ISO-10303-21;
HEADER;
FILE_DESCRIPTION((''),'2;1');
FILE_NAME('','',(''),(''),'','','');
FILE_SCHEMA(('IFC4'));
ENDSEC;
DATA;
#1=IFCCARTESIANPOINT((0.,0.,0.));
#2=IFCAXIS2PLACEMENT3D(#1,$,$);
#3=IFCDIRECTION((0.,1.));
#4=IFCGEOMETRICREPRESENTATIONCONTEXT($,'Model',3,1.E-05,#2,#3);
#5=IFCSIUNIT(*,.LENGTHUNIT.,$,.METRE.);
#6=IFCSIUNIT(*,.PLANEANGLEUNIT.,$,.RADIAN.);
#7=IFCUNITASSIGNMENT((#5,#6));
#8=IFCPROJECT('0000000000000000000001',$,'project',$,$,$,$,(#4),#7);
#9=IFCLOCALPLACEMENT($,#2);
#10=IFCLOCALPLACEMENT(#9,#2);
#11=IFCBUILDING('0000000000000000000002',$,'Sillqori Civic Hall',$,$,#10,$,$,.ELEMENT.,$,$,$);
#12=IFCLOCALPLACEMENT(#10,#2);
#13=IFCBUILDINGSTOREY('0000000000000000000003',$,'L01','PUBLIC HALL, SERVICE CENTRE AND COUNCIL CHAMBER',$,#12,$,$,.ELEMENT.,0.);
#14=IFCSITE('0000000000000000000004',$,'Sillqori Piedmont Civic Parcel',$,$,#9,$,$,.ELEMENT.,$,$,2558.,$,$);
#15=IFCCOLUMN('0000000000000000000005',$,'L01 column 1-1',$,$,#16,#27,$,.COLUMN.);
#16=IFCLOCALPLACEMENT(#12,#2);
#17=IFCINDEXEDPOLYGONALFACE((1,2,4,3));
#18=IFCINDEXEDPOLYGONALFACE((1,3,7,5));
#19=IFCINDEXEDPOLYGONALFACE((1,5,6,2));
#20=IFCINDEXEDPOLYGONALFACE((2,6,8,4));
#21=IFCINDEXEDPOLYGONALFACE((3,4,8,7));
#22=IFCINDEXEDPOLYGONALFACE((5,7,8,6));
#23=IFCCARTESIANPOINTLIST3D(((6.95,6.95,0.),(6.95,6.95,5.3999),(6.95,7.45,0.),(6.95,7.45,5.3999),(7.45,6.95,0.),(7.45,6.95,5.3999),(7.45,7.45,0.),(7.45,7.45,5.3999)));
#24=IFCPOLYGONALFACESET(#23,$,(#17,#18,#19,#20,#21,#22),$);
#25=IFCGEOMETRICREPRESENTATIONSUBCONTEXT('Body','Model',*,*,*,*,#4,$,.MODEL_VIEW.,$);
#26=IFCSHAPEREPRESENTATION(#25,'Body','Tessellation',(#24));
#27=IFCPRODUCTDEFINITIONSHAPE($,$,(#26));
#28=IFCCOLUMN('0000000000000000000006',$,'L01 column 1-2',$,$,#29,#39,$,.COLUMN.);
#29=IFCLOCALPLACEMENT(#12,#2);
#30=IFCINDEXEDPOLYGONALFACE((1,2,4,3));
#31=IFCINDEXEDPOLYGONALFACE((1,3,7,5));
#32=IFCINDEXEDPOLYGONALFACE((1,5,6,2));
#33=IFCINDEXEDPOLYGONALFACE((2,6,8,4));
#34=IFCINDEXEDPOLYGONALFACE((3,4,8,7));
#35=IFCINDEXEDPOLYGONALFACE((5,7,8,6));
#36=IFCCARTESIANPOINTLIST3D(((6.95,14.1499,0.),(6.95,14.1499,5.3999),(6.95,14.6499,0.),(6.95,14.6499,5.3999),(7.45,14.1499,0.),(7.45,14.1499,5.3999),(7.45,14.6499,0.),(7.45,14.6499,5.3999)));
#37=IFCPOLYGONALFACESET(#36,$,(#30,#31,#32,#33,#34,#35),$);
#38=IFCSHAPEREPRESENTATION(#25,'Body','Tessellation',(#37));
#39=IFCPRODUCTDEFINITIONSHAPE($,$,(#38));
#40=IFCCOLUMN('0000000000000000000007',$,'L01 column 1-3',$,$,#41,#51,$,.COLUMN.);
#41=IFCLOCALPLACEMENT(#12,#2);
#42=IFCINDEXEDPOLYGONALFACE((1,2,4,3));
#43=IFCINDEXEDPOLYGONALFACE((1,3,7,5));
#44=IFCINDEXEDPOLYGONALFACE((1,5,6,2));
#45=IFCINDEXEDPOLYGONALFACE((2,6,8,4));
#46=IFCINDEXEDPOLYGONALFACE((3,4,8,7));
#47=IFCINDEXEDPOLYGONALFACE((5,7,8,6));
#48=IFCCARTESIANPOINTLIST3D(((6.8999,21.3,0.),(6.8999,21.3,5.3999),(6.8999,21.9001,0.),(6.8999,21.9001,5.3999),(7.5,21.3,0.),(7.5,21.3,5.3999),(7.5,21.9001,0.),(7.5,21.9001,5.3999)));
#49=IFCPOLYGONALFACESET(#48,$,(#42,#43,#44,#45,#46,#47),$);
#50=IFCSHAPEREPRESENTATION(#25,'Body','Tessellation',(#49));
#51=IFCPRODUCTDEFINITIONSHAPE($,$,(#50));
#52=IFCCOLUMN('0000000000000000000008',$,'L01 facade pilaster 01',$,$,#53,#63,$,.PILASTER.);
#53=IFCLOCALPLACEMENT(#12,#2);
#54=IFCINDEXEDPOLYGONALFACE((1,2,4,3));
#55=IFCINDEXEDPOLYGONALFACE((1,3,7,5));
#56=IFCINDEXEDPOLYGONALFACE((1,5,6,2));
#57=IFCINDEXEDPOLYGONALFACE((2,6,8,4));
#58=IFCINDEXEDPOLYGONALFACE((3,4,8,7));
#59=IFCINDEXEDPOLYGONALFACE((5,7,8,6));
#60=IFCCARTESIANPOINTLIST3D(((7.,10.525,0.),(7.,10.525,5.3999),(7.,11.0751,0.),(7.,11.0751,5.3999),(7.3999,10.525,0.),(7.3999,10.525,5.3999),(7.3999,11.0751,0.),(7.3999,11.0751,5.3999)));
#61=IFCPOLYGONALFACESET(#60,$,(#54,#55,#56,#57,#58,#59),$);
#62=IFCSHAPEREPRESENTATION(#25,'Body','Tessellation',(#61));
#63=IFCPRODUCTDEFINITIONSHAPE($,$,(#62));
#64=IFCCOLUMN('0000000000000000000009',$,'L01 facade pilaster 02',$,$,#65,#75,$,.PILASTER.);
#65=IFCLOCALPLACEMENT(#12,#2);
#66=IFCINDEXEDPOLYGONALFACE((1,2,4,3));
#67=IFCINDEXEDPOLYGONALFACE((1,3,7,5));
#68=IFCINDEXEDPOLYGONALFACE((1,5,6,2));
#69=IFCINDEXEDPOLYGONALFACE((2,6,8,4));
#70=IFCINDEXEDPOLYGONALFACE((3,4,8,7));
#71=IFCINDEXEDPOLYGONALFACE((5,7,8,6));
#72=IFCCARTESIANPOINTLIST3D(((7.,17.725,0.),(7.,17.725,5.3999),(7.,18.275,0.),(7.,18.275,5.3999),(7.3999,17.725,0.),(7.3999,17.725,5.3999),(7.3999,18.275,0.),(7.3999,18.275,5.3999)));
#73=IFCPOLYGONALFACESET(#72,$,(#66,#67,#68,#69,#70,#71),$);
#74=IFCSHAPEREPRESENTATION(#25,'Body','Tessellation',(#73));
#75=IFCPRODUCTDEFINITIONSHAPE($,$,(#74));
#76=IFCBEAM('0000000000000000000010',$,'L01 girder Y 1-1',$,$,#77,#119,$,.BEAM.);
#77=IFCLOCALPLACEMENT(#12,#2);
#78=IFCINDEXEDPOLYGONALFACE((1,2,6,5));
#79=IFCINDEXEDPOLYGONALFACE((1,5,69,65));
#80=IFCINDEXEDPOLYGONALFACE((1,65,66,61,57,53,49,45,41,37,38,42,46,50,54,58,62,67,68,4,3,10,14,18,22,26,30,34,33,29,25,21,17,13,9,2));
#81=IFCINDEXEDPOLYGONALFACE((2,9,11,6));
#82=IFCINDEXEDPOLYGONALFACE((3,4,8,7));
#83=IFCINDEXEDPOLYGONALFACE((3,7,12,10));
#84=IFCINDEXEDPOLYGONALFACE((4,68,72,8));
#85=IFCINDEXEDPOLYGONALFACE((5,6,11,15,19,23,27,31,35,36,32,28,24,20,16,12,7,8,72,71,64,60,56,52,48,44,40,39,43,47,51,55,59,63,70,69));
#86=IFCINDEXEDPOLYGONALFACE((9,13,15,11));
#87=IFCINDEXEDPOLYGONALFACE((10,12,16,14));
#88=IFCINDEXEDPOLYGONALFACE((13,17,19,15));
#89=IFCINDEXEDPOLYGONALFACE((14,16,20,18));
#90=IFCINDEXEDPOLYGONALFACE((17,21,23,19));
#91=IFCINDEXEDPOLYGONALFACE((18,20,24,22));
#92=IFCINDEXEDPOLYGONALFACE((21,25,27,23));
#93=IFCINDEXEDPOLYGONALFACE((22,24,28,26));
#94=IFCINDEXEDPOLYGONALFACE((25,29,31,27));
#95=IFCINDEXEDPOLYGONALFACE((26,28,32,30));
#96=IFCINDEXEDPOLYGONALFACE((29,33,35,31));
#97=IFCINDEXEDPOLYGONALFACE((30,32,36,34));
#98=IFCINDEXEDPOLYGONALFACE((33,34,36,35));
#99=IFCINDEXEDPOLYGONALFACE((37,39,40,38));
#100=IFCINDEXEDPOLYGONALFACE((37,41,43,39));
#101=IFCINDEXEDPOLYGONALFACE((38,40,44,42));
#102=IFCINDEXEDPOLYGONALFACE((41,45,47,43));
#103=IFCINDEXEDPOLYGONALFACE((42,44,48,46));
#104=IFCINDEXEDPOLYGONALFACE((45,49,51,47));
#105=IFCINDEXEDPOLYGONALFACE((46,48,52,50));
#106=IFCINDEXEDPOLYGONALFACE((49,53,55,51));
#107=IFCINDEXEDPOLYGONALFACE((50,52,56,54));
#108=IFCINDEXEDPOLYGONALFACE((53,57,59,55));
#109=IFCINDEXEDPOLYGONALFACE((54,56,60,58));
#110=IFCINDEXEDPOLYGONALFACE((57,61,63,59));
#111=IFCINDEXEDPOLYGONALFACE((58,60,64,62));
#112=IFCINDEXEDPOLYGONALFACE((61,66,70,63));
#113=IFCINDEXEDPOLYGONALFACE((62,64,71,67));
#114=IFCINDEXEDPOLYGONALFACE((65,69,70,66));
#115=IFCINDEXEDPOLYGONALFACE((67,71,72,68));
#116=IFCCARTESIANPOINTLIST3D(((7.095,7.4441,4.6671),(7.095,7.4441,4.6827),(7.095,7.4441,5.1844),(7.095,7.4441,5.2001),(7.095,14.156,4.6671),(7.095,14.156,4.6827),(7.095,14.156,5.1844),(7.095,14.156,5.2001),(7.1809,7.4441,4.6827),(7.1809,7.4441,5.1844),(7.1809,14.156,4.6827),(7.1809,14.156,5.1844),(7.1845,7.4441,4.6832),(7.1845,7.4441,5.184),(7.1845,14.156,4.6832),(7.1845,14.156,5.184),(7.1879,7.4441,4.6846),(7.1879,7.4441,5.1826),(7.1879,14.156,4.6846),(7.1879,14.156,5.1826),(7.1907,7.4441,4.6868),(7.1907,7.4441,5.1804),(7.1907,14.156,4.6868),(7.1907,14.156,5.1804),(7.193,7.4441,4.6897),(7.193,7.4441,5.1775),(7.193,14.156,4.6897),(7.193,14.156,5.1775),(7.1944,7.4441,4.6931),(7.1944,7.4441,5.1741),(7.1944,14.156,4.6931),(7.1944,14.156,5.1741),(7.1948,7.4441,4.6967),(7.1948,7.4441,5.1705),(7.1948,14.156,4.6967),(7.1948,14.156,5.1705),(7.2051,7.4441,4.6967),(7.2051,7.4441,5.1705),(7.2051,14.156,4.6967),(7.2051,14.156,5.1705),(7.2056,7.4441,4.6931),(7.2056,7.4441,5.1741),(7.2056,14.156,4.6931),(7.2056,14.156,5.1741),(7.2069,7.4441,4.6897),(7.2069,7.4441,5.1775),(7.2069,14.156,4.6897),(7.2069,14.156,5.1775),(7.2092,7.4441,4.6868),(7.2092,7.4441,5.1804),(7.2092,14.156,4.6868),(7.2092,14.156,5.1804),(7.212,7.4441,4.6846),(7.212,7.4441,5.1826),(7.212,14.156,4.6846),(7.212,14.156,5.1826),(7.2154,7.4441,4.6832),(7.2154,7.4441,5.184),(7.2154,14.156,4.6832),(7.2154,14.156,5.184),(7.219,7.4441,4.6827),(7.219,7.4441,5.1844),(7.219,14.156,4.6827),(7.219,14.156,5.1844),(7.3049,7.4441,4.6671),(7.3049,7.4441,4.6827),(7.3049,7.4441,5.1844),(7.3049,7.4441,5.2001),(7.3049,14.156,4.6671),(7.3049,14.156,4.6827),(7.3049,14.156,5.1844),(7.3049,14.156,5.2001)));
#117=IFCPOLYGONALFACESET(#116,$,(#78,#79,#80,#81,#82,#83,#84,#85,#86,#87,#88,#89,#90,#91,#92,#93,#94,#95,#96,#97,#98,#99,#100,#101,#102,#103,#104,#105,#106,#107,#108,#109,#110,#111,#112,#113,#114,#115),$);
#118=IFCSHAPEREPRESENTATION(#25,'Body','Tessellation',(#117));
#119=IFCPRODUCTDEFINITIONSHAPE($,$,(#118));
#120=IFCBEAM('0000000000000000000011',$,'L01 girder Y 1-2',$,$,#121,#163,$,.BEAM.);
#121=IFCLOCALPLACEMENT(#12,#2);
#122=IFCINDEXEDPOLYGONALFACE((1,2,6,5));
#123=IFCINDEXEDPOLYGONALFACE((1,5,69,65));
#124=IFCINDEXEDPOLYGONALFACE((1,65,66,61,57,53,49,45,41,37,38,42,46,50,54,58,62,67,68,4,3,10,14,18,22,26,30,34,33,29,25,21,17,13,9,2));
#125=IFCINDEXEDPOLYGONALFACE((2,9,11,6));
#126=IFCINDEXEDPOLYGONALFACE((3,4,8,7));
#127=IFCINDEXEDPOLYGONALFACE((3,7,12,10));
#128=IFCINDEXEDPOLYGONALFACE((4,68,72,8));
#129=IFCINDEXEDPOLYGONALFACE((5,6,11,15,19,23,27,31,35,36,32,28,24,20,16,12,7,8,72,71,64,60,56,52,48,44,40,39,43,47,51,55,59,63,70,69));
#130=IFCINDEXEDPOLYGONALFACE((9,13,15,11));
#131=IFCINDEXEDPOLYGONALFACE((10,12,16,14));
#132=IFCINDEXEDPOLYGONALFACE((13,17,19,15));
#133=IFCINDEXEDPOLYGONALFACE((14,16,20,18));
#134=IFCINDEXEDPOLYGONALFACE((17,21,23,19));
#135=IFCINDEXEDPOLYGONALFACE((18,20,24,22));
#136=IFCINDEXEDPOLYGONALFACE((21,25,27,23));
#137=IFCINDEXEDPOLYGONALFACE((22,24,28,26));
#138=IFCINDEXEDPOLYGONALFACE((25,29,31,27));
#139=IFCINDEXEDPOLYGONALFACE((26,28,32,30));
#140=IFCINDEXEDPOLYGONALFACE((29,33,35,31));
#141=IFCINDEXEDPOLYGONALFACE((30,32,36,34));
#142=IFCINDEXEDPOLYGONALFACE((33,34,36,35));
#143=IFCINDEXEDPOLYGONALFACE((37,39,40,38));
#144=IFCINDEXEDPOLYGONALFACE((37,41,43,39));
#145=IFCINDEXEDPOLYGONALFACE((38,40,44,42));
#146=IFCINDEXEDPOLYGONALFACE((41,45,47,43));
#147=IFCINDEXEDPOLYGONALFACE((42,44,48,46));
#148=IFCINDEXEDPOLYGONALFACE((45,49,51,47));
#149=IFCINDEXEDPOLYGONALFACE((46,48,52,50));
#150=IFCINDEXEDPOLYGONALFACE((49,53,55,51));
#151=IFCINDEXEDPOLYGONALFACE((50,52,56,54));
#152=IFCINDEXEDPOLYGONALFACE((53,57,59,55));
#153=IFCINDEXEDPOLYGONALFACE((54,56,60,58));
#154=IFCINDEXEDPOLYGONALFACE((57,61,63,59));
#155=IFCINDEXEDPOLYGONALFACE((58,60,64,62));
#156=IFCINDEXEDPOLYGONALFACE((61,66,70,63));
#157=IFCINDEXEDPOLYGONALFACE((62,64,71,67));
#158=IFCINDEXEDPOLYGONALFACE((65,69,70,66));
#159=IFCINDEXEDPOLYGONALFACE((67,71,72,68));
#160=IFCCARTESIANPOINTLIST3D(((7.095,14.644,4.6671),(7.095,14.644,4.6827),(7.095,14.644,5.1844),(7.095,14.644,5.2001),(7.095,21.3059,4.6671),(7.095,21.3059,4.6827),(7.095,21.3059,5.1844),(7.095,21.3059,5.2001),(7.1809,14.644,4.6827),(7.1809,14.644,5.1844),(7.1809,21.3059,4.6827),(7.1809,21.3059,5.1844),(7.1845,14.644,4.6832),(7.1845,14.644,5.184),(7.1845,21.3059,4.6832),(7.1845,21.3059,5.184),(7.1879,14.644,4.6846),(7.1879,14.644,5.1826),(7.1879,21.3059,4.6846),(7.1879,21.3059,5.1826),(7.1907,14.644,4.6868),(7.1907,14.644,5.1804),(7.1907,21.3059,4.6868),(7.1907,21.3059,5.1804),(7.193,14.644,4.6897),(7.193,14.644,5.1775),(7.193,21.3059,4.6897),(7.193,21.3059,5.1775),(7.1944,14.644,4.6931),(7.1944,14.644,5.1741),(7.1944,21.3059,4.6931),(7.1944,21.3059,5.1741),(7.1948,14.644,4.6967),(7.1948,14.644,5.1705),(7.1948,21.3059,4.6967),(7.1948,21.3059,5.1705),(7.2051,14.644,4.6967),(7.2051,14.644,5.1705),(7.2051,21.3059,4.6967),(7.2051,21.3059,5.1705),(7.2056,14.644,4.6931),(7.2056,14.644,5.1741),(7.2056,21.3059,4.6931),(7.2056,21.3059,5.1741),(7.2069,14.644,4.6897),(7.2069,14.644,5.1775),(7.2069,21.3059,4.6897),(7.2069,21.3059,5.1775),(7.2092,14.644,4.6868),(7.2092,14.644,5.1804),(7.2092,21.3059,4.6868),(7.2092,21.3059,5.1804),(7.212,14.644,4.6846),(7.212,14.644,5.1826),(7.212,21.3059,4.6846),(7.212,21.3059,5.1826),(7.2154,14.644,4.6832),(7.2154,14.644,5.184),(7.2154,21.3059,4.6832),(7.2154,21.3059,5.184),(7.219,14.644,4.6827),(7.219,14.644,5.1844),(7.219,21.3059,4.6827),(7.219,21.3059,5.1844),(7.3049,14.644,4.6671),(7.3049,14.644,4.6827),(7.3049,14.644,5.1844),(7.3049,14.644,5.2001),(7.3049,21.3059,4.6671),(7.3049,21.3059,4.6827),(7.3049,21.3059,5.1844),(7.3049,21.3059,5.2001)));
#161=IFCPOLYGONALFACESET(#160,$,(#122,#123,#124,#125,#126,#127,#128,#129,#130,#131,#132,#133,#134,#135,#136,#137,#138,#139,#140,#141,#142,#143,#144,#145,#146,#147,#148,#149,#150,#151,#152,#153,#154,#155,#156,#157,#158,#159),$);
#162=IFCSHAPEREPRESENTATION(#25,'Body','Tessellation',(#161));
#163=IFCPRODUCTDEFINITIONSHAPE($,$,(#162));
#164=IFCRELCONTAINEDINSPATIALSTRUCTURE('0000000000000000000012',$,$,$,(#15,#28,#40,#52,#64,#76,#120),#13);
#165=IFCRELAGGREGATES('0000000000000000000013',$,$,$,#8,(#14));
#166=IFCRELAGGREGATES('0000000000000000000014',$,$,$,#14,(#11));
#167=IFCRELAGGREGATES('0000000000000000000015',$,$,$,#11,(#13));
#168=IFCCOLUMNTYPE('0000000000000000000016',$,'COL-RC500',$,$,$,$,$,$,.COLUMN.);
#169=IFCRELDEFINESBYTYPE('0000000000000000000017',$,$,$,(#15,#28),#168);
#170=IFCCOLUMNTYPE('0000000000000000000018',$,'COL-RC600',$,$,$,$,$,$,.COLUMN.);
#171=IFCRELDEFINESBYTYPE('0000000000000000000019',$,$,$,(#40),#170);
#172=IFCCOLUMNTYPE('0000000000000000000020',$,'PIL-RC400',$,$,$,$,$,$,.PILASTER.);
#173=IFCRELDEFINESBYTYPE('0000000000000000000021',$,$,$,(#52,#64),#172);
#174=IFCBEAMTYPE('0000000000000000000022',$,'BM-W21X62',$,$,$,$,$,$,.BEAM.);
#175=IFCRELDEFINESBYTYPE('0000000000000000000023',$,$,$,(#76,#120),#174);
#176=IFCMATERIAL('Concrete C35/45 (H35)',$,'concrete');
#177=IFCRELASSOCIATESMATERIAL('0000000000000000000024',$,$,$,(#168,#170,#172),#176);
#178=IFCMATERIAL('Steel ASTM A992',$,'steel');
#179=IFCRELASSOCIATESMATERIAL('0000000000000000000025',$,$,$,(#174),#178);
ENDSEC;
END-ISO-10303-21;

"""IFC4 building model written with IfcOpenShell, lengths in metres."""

from ifc_helpers import new_model, si_unit, direction, frame, origin, origin_2d, place, context, subcontext, project, spatial, rectangle, i_section, extrude, material, material_profile, profile_set, type_object, element, save


model = new_model("IFC4")

# Units and contexts
model_context = context("Model", 3, precision=1e-05, world=origin(), true_north=direction((0.0, 1.0)))
body_context = subcontext(model_context, "Body", "Model", "MODEL_VIEW")
ifc_project = project(units=[si_unit("LENGTHUNIT", "METRE"), si_unit("PLANEANGLEUNIT", "RADIAN")], contexts=[model_context])

# Site, building, storey
site_placement = place(None, origin())
site = spatial("IfcSite", under=ifc_project, at=site_placement, Name="Sillqori Piedmont Civic Parcel", CompositionType="ELEMENT", RefElevation=2558.0)
building_placement = place(site_placement, origin())
building = spatial("IfcBuilding", under=site, at=building_placement, Name="Sillqori Civic Hall", CompositionType="ELEMENT")
storey_placement = place(building_placement, origin())
storey = spatial("IfcBuildingStorey", under=building, at=storey_placement, Name="L01", Description="PUBLIC HALL, SERVICE CENTRE AND COUNCIL CHAMBER", CompositionType="ELEMENT", Elevation=0.0)

# Columns
ifc_material_1 = material(Name="Concrete C35/45 (H35)", Category="concrete")
ifc_material_profile_1 = material_profile(ifc_material_1, rectangle(XDim=0.5, YDim=0.5, at=origin_2d()), Name="RC 500x500")
ifc_profile_set_1 = profile_set([ifc_material_profile_1], Name="Concrete C35/45 (H35)")
column_type_1 = type_object("IfcColumnType", Name="COL-RC500", PredefinedType="COLUMN", material=ifc_profile_set_1)
for number, where, z_axis, x_axis, name in (
    (1, (7.2, 7.2, 0.0), (0.0, 0.0, 1.0), (1.0, 0.0, 0.0), "L01 column 1-1"),
    (2, (7.2, 14.3999, 0.0), (0.0, 0.0, 1.0), (1.0, 0.0, 0.0), "L01 column 1-2"),
):
    element("IfcColumn", number, at=place(storey_placement, frame(where, z_axis=z_axis, x_axis=x_axis)), inside=storey, type_object=column_type_1, Name=name, PredefinedType="COLUMN", context=body_context, shape_type="SweptSolid", body=[
        extrude(rectangle(XDim=0.5, YDim=0.5, at=origin_2d()), origin(), (0.0, 0.0, 1.0), 5.3999),
    ])
ifc_material_profile_2 = material_profile(ifc_material_1, rectangle(XDim=0.6001, YDim=0.6001, at=origin_2d()), Name="RC 600x600")
ifc_profile_set_2 = profile_set([ifc_material_profile_2], Name="Concrete C35/45 (H35)")
column_type_2 = type_object("IfcColumnType", Name="COL-RC600", PredefinedType="COLUMN", material=ifc_profile_set_2)
column_placement = place(storey_placement, frame((7.2, 21.6001, 0.0), z_axis=(0.0, 0.0, 1.0), x_axis=(1.0, 0.0, 0.0)))
element("IfcColumn", 3, at=column_placement, inside=storey, type_object=column_type_2, Name="L01 column 1-3", PredefinedType="COLUMN", context=body_context, shape_type="SweptSolid", body=[
    extrude(rectangle(XDim=0.6001, YDim=0.6001, at=origin_2d()), origin(), (0.0, 0.0, 1.0), 5.3999),
])
ifc_material_profile_3 = material_profile(ifc_material_1, rectangle(XDim=0.3999, YDim=0.55, at=origin_2d()), Name="RC 400x550")
ifc_profile_set_3 = profile_set([ifc_material_profile_3], Name="Concrete C35/45 (H35)")
column_type_3 = type_object("IfcColumnType", Name="PIL-RC400", PredefinedType="PILASTER", material=ifc_profile_set_3)
for number, where, z_axis, x_axis, name in (
    (4, (7.2, 10.8, 0.0), (0.0, 0.0, 1.0), (1.0, 0.0, 0.0), "L01 facade pilaster 01"),
    (5, (7.2, 18.0, 0.0), (0.0, 0.0, 1.0), (1.0, 0.0, 0.0), "L01 facade pilaster 02"),
):
    element("IfcColumn", number, at=place(storey_placement, frame(where, z_axis=z_axis, x_axis=x_axis)), inside=storey, type_object=column_type_3, Name=name, PredefinedType="PILASTER", context=body_context, shape_type="SweptSolid", body=[
        extrude(rectangle(XDim=0.3999, YDim=0.55, at=origin_2d()), origin(), (0.0, 0.0, 1.0), 5.3999),
    ])

# Beams
ifc_material_2 = material(Name="Steel ASTM A992", Category="steel")
ifc_material_profile_4 = material_profile(ifc_material_2, i_section(OverallWidth=0.21, OverallDepth=0.533, WebThickness=0.0103, FlangeThickness=0.0156, FilletRadius=0.0139, at=origin_2d()), Name="W21X62")
ifc_profile_set_4 = profile_set([ifc_material_profile_4], Name="Steel ASTM A992")
beam_type_1 = type_object("IfcBeamType", Name="BM-W21X62", PredefinedType="BEAM", material=ifc_profile_set_4)
beam_1_placement = place(storey_placement, frame((7.2, 7.4441, 4.9336), z_axis=(0.0, 1.0, 0.0), x_axis=(-1.0, 0.0, 0.0)))
element("IfcBeam", 6, at=beam_1_placement, inside=storey, type_object=beam_type_1, Name="L01 girder Y 1-1", PredefinedType="BEAM", context=body_context, shape_type="SweptSolid", body=[
    extrude(i_section(OverallWidth=0.21, OverallDepth=0.533, WebThickness=0.0103, FlangeThickness=0.0156, FilletRadius=0.0139, at=origin_2d()), origin(), (0.0, 0.0, 1.0), 6.7119),
])
beam_2_placement = place(storey_placement, frame((7.2, 14.644, 4.9336), z_axis=(0.0, 1.0, 0.0), x_axis=(-1.0, 0.0, 0.0)))
element("IfcBeam", 7, at=beam_2_placement, inside=storey, type_object=beam_type_1, Name="L01 girder Y 1-2", PredefinedType="BEAM", context=body_context, shape_type="SweptSolid", body=[
    extrude(i_section(OverallWidth=0.21, OverallDepth=0.533, WebThickness=0.0103, FlangeThickness=0.0156, FilletRadius=0.0139, at=origin_2d()), origin(), (0.0, 0.0, 1.0), 6.6619),
])

save(model, "model.ifc")
